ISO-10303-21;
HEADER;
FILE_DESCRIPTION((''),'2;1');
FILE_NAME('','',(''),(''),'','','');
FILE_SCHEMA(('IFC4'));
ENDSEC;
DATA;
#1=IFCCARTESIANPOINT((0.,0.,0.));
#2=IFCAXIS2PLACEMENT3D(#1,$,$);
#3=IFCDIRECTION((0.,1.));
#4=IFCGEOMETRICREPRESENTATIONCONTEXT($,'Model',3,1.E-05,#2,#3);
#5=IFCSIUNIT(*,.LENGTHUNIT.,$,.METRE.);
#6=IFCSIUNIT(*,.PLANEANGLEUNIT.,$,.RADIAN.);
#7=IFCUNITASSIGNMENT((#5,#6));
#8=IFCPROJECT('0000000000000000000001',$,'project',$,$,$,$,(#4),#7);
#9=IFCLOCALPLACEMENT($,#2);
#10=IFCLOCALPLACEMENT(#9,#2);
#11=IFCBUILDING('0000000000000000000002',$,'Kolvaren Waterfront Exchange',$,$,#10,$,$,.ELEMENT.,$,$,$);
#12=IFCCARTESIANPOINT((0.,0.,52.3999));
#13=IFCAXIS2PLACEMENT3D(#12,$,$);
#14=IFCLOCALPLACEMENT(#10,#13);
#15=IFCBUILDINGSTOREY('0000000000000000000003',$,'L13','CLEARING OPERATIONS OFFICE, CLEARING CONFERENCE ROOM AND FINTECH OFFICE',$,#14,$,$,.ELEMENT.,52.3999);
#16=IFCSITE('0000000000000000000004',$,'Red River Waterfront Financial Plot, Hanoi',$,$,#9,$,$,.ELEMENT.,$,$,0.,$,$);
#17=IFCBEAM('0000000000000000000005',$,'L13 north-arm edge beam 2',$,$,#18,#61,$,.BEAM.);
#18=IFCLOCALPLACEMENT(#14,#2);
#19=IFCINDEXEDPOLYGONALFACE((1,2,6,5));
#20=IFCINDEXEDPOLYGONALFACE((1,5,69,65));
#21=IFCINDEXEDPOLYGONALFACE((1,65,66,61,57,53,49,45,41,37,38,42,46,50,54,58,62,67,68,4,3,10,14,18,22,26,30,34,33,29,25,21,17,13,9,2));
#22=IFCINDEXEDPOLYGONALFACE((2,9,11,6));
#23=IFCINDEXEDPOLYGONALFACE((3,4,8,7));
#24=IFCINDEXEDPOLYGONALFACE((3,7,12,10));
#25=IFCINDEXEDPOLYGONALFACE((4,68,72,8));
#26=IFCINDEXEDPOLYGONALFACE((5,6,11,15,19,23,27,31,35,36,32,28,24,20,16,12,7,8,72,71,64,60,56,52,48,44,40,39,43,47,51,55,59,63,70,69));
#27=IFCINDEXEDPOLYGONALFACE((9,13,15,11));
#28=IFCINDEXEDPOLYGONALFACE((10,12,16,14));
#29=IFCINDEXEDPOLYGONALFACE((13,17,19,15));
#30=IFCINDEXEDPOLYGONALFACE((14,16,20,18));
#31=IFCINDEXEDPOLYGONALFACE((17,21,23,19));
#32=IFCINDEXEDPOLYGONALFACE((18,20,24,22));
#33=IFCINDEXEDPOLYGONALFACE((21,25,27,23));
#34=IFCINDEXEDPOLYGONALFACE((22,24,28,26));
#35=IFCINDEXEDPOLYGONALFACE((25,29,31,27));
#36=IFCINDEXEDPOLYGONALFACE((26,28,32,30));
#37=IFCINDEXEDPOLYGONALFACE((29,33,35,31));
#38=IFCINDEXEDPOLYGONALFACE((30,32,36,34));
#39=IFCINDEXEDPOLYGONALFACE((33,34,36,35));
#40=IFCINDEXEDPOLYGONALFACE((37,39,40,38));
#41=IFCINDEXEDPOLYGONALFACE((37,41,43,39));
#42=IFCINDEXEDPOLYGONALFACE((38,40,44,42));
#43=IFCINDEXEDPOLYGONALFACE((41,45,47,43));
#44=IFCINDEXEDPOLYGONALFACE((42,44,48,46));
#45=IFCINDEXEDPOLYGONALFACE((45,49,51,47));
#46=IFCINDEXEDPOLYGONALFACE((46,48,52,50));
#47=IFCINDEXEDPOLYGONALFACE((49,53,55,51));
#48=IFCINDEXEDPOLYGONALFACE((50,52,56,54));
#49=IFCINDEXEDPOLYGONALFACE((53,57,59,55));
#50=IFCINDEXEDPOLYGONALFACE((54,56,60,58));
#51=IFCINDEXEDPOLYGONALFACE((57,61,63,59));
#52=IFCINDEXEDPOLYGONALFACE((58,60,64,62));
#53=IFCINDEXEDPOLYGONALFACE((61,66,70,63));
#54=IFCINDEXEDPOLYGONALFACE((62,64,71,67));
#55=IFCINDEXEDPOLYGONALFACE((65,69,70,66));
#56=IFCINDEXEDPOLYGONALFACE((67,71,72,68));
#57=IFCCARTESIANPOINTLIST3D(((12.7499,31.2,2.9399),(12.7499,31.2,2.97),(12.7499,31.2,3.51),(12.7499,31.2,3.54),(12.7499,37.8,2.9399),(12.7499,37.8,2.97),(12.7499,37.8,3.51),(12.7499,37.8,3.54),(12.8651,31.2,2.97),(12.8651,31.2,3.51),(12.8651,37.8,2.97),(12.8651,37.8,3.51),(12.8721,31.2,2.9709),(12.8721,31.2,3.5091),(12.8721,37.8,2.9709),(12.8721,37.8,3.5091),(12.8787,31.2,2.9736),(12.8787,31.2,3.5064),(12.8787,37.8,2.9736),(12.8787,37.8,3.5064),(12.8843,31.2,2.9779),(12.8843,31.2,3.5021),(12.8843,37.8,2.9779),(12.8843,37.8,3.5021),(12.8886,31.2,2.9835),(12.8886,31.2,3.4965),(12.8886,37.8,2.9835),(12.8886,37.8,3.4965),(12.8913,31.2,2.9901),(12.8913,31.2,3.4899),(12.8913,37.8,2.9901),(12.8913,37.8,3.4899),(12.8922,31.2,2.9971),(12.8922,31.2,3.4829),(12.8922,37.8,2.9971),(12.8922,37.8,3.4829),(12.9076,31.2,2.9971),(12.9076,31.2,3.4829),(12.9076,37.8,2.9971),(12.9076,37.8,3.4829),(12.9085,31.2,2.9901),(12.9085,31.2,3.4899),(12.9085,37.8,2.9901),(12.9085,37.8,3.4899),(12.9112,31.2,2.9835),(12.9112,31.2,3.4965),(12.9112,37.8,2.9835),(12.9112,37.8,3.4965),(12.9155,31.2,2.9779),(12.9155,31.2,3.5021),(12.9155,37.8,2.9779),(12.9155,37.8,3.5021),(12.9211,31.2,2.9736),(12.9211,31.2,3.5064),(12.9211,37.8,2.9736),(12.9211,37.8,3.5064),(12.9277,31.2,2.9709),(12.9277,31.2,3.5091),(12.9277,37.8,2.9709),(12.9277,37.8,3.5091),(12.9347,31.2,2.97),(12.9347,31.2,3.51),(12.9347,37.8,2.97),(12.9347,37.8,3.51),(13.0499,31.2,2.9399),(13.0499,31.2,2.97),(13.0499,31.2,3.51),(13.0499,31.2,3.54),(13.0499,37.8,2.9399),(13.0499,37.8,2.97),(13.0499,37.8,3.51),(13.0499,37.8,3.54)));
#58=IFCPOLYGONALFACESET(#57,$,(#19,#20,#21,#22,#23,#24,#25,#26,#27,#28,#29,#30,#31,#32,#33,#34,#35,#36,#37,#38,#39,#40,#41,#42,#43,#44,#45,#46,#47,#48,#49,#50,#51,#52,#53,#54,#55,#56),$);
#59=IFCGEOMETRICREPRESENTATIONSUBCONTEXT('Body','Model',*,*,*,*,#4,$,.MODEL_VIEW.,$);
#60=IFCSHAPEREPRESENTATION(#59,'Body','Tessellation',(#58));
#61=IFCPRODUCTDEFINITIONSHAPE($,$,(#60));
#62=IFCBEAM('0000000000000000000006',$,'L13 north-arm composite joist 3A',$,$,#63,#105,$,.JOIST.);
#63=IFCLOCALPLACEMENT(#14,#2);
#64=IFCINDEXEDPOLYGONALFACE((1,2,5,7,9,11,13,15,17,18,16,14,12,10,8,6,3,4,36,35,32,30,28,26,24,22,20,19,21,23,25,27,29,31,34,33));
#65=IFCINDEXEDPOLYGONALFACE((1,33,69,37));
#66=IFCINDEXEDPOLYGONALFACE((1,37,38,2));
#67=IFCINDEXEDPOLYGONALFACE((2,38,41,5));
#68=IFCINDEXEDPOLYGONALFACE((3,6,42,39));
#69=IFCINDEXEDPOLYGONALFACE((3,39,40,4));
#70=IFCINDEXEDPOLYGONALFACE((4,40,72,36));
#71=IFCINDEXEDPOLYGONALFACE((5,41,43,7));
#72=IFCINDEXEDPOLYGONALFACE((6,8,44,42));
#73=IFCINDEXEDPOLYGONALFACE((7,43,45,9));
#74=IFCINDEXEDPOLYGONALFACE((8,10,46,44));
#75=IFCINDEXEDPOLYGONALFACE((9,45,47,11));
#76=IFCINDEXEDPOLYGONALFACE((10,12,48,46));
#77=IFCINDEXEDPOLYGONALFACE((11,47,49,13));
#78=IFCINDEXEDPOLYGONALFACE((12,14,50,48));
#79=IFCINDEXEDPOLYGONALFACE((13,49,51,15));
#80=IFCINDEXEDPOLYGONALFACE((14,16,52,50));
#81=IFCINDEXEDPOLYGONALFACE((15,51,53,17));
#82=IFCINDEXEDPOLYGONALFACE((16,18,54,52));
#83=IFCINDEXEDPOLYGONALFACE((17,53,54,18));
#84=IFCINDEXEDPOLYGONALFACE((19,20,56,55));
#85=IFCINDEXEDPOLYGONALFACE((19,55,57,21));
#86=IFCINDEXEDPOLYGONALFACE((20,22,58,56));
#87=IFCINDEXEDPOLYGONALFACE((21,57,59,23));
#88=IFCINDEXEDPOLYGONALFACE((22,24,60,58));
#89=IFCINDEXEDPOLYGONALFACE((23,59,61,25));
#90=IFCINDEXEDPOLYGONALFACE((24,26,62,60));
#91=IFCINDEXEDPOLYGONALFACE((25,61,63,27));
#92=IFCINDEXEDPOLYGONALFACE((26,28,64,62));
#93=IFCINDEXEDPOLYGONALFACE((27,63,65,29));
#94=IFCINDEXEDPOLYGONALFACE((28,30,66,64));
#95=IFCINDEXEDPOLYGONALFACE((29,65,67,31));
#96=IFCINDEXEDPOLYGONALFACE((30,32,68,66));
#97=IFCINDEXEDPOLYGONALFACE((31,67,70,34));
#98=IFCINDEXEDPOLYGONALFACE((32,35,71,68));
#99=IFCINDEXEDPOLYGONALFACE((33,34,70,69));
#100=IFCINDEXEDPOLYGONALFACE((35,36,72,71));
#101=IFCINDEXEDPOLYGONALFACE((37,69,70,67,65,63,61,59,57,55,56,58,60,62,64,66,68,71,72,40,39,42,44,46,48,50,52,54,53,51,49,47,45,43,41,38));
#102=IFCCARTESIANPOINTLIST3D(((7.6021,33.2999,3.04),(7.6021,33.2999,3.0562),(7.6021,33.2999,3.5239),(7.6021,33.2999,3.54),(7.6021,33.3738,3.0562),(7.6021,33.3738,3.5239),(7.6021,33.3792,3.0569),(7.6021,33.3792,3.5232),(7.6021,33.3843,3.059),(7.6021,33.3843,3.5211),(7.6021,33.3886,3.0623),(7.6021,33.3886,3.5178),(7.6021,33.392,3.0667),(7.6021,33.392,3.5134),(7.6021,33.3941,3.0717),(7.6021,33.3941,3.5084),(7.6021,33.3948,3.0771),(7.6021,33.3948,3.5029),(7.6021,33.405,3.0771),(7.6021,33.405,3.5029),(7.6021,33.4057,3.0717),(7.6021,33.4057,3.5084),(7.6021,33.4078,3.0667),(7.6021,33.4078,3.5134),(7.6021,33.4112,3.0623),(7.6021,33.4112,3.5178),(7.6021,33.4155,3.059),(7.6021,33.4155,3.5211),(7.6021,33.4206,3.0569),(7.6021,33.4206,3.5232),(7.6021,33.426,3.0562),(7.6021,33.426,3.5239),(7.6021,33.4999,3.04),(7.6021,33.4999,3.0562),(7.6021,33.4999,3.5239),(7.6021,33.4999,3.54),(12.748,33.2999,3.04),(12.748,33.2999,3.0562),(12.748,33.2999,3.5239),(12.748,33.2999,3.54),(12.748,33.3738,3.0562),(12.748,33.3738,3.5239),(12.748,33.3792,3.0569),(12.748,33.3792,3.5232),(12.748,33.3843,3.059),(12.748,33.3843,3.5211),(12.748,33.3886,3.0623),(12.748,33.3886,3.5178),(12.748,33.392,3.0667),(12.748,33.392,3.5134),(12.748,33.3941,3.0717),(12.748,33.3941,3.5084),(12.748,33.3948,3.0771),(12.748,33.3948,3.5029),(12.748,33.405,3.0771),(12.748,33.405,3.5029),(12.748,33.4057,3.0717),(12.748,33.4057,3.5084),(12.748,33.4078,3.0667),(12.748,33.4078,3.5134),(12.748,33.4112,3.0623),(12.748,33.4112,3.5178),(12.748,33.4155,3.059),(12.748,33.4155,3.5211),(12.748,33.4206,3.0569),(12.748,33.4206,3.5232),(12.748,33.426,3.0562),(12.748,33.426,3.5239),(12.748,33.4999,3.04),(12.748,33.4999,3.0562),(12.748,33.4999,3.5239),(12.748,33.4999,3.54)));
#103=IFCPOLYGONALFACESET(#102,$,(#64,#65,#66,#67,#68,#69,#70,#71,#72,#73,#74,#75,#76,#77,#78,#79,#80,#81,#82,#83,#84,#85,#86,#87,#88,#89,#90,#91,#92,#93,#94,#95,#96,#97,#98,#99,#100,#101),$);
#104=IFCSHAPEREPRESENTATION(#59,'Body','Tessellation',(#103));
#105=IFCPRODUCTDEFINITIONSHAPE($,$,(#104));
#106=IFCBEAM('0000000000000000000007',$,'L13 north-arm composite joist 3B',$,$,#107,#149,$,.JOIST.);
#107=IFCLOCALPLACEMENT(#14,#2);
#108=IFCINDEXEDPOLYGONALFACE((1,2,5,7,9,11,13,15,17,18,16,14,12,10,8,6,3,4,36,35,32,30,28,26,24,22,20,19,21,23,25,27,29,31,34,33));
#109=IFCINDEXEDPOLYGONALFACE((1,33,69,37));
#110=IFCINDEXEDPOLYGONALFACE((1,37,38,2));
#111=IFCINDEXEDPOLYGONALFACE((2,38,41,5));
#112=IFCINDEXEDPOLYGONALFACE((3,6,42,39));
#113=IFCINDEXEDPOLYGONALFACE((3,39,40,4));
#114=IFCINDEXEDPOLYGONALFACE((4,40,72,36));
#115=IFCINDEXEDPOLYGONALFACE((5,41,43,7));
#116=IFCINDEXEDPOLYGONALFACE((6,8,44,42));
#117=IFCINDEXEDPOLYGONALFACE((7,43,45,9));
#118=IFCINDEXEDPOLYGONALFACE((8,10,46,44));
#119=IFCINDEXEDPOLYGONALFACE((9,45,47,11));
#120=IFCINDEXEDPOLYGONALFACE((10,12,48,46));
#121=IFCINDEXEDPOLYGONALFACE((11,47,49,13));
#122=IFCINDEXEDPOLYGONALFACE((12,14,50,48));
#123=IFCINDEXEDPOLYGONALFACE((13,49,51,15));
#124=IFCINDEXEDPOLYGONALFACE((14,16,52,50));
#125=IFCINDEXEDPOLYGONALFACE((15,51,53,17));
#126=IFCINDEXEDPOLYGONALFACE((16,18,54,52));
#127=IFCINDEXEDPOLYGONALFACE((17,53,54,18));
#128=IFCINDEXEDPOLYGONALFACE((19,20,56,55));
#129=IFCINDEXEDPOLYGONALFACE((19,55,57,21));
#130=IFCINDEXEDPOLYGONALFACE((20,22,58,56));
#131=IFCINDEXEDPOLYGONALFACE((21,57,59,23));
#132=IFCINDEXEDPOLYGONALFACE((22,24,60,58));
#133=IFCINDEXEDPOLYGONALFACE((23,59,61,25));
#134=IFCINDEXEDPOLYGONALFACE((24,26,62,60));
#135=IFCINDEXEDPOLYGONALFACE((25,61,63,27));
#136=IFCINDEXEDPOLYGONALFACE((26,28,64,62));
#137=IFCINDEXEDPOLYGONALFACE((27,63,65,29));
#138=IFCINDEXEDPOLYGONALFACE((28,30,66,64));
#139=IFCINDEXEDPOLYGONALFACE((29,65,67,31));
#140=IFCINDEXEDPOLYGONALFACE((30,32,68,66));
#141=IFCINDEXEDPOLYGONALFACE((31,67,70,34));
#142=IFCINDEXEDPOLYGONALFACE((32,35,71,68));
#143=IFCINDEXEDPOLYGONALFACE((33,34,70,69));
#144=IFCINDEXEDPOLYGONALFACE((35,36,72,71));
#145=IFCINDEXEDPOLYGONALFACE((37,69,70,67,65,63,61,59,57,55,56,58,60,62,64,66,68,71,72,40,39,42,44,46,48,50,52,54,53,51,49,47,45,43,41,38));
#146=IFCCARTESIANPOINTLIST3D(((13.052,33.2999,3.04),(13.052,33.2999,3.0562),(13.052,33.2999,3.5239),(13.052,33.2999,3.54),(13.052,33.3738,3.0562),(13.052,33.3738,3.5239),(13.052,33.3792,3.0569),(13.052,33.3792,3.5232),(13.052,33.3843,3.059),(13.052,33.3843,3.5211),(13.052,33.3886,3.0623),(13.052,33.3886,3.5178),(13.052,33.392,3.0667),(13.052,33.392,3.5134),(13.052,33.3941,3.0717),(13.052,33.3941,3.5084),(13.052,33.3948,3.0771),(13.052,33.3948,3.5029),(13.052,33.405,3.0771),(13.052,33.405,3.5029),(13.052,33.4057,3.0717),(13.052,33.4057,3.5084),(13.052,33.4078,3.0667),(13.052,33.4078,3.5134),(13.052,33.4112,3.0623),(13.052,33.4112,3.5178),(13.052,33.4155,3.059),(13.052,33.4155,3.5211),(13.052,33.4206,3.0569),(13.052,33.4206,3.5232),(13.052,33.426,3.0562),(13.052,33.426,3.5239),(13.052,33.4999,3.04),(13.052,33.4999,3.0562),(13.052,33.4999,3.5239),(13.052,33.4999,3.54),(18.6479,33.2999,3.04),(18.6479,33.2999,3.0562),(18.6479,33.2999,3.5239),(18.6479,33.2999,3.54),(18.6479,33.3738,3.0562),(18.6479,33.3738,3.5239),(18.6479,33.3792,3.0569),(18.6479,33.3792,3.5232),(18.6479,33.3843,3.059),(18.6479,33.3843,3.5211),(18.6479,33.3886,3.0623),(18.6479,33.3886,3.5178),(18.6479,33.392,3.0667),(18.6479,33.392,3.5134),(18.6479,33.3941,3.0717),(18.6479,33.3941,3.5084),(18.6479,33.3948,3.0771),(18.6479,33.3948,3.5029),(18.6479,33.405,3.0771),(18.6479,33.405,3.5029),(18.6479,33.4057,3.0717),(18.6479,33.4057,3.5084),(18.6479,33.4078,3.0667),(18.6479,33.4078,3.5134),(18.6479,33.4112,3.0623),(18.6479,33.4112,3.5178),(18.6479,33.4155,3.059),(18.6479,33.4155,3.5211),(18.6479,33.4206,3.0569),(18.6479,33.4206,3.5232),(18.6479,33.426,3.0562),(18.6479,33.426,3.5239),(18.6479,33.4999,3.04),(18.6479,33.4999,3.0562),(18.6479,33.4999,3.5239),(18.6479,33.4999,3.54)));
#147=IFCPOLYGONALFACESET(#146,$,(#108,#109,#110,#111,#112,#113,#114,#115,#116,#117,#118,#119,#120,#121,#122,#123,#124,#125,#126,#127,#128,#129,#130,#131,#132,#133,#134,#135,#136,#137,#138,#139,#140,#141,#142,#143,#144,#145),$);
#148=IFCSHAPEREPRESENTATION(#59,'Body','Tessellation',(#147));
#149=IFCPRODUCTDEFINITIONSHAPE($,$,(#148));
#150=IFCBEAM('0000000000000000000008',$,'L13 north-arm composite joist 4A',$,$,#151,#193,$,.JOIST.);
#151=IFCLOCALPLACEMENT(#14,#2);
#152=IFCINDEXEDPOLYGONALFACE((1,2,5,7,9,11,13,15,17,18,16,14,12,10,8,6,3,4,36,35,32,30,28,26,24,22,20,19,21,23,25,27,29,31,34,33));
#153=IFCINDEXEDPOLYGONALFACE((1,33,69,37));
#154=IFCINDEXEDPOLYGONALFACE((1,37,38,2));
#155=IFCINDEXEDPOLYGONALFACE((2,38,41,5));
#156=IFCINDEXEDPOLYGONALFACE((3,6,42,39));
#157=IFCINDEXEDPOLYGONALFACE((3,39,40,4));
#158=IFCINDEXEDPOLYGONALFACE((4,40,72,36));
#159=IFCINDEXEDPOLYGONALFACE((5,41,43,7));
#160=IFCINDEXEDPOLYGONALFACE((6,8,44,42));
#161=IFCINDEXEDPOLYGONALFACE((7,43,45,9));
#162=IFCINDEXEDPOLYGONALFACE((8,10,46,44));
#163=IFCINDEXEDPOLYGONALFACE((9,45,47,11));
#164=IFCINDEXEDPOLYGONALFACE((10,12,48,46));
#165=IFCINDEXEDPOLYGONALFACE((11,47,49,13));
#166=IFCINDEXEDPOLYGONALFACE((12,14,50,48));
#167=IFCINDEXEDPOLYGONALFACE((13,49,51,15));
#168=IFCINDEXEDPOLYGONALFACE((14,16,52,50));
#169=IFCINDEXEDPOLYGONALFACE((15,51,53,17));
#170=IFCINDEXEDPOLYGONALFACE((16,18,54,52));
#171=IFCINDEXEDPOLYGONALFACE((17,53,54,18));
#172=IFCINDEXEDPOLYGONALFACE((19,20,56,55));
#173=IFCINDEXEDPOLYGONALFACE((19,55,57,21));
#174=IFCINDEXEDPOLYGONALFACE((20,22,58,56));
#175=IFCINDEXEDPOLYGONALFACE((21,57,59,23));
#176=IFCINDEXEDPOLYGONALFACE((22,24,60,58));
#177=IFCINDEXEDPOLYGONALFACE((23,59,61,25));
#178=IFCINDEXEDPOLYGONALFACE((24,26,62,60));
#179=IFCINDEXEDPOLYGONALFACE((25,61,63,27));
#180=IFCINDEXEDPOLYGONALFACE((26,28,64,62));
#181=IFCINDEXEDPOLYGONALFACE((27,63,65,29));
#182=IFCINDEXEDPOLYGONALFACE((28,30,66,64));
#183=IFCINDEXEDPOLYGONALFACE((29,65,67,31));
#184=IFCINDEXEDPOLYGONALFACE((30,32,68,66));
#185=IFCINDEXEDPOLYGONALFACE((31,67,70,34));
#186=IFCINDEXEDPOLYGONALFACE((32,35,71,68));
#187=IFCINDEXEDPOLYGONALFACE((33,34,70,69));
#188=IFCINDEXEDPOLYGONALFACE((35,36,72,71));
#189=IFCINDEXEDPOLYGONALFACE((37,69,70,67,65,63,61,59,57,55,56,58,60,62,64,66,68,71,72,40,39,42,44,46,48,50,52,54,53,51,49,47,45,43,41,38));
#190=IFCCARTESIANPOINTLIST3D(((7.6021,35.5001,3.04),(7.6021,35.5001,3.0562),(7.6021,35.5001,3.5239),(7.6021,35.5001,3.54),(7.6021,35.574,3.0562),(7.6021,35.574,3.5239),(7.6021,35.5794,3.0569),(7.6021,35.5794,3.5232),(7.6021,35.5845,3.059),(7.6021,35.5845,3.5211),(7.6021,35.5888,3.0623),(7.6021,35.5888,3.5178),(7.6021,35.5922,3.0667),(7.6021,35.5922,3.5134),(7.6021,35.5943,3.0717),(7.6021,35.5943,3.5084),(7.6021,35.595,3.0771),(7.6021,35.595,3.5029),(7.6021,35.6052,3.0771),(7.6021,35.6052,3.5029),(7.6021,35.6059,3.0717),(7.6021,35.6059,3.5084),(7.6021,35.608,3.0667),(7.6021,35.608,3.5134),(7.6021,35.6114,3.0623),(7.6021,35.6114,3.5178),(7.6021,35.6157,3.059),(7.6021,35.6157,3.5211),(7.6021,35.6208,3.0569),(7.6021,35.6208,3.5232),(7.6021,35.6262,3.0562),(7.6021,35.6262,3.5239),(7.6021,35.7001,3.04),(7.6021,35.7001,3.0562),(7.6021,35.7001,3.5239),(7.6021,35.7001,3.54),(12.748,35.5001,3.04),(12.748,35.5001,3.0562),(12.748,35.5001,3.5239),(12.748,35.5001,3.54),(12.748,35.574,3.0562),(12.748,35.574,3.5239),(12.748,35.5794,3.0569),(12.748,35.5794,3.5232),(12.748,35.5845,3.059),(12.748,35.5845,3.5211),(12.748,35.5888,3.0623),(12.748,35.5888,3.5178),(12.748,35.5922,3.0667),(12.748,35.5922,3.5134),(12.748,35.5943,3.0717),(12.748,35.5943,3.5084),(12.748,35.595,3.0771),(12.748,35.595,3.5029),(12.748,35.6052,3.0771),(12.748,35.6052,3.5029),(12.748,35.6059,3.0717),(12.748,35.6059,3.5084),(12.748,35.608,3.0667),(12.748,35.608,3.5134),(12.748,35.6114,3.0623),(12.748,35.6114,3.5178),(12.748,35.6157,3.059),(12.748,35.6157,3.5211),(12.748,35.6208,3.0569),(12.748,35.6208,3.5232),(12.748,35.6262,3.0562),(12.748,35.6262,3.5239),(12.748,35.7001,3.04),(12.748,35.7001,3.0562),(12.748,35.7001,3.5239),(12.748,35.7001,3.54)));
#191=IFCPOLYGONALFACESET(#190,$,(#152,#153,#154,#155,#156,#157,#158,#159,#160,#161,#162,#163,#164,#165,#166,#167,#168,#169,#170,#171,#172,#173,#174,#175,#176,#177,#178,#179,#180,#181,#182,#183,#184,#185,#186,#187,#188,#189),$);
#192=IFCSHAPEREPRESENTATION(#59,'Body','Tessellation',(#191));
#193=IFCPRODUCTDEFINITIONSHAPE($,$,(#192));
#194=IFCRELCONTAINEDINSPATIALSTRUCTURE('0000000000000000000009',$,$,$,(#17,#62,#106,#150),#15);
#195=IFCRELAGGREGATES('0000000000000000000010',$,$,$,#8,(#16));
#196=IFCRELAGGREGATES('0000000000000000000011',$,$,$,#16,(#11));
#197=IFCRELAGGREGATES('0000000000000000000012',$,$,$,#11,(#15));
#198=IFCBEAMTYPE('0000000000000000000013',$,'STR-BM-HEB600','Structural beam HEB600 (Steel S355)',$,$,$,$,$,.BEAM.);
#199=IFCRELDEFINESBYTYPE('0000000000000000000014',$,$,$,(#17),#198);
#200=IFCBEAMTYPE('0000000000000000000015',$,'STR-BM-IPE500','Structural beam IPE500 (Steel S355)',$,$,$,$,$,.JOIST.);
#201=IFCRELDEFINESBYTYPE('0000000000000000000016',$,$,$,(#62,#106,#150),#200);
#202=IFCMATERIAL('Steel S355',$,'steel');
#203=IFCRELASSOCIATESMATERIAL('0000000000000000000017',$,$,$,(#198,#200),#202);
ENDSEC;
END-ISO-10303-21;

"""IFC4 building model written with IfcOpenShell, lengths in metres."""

from ifc_helpers import new_model, si_unit, direction, frame, origin, origin_2d, place, context, subcontext, project, spatial, i_section, extrude, material, material_profile, profile_set, type_object, element, save


model = new_model("IFC4")

# Units and contexts
model_context = context("Model", 3, precision=1e-05, world=origin(), true_north=direction((0.0, 1.0)))
body_context = subcontext(model_context, "Body", "Model", "MODEL_VIEW")
ifc_project = project(units=[si_unit("LENGTHUNIT", "METRE"), si_unit("PLANEANGLEUNIT", "RADIAN")], contexts=[model_context])

# Site, building, storey
site_placement = place(None, origin())
site = spatial("IfcSite", under=ifc_project, at=site_placement, Name="Red River Waterfront Financial Plot, Hanoi", CompositionType="ELEMENT", RefElevation=0.0)
building_placement = place(site_placement, origin())
building = spatial("IfcBuilding", under=site, at=building_placement, Name="Kolvaren Waterfront Exchange", CompositionType="ELEMENT")
storey_placement = place(building_placement, frame((0.0, 0.0, 52.3999)))
storey = spatial("IfcBuildingStorey", under=building, at=storey_placement, Name="L13", Description="CLEARING OPERATIONS OFFICE, CLEARING CONFERENCE ROOM AND FINTECH OFFICE", CompositionType="ELEMENT", Elevation=52.3999)

# Beams
ifc_material_1 = material(Name="Steel S355", Category="steel")
ifc_material_profile_1 = material_profile(ifc_material_1, i_section(OverallWidth=0.3, OverallDepth=0.6001, WebThickness=0.0154, FlangeThickness=0.03, FilletRadius=0.0271, at=origin_2d()), Name="HEB600")
ifc_profile_set_1 = profile_set([ifc_material_profile_1], Name="Steel S355")
beam_type_1 = type_object("IfcBeamType", Name="STR-BM-HEB600", Description="Structural beam HEB600 (Steel S355)", PredefinedType="BEAM", material=ifc_profile_set_1)
beam_1_placement = place(storey_placement, frame((12.8999, 31.2, 3.24), z_axis=(0.0, 1.0, 0.0), x_axis=(-1.0, 0.0, 0.0)))
element("IfcBeam", 1, at=beam_1_placement, inside=storey, type_object=beam_type_1, Name="L13 north-arm edge beam 2", PredefinedType="BEAM", context=body_context, shape_type="SweptSolid", body=[
    extrude(i_section(OverallWidth=0.3, OverallDepth=0.6001, WebThickness=0.0154, FlangeThickness=0.03, FilletRadius=0.0271, at=origin_2d()), origin(), (0.0, 0.0, 1.0), 6.6001),
])
ifc_material_profile_2 = material_profile(ifc_material_1, i_section(OverallWidth=0.2, OverallDepth=0.5, WebThickness=0.0103, FlangeThickness=0.0161, FilletRadius=0.021, at=origin_2d()), Name="IPE500")
ifc_profile_set_2 = profile_set([ifc_material_profile_2], Name="Steel S355")
beam_type_2 = type_object("IfcBeamType", Name="STR-BM-IPE500", Description="Structural beam IPE500 (Steel S355)", PredefinedType="JOIST", material=ifc_profile_set_2)
beam_2_placement = place(storey_placement, frame((7.6021, 33.3999, 3.29), z_axis=(1.0, 0.0, 0.0), x_axis=(0.0, 1.0, 0.0)))
element("IfcBeam", 2, at=beam_2_placement, inside=storey, type_object=beam_type_2, Name="L13 north-arm composite joist 3A", PredefinedType="JOIST", context=body_context, shape_type="SweptSolid", body=[
    extrude(i_section(OverallWidth=0.2, OverallDepth=0.5, WebThickness=0.0103, FlangeThickness=0.0161, FilletRadius=0.021, at=origin_2d()), origin(), (0.0, 0.0, 1.0), 5.146),
])
beam_3_placement = place(storey_placement, frame((13.052, 33.3999, 3.29), z_axis=(1.0, 0.0, 0.0), x_axis=(0.0, 1.0, 0.0)))
element("IfcBeam", 3, at=beam_3_placement, inside=storey, type_object=beam_type_2, Name="L13 north-arm composite joist 3B", PredefinedType="JOIST", context=body_context, shape_type="SweptSolid", body=[
    extrude(i_section(OverallWidth=0.2, OverallDepth=0.5, WebThickness=0.0103, FlangeThickness=0.0161, FilletRadius=0.021, at=origin_2d()), origin(), (0.0, 0.0, 1.0), 5.5959),
])
beam_4_placement = place(storey_placement, frame((7.6021, 35.6001, 3.29), z_axis=(1.0, 0.0, 0.0), x_axis=(0.0, 1.0, 0.0)))
element("IfcBeam", 4, at=beam_4_placement, inside=storey, type_object=beam_type_2, Name="L13 north-arm composite joist 4A", PredefinedType="JOIST", context=body_context, shape_type="SweptSolid", body=[
    extrude(i_section(OverallWidth=0.2, OverallDepth=0.5, WebThickness=0.0103, FlangeThickness=0.0161, FilletRadius=0.021, at=origin_2d()), origin(), (0.0, 0.0, 1.0), 5.146),
])

save(model, "model.ifc")
